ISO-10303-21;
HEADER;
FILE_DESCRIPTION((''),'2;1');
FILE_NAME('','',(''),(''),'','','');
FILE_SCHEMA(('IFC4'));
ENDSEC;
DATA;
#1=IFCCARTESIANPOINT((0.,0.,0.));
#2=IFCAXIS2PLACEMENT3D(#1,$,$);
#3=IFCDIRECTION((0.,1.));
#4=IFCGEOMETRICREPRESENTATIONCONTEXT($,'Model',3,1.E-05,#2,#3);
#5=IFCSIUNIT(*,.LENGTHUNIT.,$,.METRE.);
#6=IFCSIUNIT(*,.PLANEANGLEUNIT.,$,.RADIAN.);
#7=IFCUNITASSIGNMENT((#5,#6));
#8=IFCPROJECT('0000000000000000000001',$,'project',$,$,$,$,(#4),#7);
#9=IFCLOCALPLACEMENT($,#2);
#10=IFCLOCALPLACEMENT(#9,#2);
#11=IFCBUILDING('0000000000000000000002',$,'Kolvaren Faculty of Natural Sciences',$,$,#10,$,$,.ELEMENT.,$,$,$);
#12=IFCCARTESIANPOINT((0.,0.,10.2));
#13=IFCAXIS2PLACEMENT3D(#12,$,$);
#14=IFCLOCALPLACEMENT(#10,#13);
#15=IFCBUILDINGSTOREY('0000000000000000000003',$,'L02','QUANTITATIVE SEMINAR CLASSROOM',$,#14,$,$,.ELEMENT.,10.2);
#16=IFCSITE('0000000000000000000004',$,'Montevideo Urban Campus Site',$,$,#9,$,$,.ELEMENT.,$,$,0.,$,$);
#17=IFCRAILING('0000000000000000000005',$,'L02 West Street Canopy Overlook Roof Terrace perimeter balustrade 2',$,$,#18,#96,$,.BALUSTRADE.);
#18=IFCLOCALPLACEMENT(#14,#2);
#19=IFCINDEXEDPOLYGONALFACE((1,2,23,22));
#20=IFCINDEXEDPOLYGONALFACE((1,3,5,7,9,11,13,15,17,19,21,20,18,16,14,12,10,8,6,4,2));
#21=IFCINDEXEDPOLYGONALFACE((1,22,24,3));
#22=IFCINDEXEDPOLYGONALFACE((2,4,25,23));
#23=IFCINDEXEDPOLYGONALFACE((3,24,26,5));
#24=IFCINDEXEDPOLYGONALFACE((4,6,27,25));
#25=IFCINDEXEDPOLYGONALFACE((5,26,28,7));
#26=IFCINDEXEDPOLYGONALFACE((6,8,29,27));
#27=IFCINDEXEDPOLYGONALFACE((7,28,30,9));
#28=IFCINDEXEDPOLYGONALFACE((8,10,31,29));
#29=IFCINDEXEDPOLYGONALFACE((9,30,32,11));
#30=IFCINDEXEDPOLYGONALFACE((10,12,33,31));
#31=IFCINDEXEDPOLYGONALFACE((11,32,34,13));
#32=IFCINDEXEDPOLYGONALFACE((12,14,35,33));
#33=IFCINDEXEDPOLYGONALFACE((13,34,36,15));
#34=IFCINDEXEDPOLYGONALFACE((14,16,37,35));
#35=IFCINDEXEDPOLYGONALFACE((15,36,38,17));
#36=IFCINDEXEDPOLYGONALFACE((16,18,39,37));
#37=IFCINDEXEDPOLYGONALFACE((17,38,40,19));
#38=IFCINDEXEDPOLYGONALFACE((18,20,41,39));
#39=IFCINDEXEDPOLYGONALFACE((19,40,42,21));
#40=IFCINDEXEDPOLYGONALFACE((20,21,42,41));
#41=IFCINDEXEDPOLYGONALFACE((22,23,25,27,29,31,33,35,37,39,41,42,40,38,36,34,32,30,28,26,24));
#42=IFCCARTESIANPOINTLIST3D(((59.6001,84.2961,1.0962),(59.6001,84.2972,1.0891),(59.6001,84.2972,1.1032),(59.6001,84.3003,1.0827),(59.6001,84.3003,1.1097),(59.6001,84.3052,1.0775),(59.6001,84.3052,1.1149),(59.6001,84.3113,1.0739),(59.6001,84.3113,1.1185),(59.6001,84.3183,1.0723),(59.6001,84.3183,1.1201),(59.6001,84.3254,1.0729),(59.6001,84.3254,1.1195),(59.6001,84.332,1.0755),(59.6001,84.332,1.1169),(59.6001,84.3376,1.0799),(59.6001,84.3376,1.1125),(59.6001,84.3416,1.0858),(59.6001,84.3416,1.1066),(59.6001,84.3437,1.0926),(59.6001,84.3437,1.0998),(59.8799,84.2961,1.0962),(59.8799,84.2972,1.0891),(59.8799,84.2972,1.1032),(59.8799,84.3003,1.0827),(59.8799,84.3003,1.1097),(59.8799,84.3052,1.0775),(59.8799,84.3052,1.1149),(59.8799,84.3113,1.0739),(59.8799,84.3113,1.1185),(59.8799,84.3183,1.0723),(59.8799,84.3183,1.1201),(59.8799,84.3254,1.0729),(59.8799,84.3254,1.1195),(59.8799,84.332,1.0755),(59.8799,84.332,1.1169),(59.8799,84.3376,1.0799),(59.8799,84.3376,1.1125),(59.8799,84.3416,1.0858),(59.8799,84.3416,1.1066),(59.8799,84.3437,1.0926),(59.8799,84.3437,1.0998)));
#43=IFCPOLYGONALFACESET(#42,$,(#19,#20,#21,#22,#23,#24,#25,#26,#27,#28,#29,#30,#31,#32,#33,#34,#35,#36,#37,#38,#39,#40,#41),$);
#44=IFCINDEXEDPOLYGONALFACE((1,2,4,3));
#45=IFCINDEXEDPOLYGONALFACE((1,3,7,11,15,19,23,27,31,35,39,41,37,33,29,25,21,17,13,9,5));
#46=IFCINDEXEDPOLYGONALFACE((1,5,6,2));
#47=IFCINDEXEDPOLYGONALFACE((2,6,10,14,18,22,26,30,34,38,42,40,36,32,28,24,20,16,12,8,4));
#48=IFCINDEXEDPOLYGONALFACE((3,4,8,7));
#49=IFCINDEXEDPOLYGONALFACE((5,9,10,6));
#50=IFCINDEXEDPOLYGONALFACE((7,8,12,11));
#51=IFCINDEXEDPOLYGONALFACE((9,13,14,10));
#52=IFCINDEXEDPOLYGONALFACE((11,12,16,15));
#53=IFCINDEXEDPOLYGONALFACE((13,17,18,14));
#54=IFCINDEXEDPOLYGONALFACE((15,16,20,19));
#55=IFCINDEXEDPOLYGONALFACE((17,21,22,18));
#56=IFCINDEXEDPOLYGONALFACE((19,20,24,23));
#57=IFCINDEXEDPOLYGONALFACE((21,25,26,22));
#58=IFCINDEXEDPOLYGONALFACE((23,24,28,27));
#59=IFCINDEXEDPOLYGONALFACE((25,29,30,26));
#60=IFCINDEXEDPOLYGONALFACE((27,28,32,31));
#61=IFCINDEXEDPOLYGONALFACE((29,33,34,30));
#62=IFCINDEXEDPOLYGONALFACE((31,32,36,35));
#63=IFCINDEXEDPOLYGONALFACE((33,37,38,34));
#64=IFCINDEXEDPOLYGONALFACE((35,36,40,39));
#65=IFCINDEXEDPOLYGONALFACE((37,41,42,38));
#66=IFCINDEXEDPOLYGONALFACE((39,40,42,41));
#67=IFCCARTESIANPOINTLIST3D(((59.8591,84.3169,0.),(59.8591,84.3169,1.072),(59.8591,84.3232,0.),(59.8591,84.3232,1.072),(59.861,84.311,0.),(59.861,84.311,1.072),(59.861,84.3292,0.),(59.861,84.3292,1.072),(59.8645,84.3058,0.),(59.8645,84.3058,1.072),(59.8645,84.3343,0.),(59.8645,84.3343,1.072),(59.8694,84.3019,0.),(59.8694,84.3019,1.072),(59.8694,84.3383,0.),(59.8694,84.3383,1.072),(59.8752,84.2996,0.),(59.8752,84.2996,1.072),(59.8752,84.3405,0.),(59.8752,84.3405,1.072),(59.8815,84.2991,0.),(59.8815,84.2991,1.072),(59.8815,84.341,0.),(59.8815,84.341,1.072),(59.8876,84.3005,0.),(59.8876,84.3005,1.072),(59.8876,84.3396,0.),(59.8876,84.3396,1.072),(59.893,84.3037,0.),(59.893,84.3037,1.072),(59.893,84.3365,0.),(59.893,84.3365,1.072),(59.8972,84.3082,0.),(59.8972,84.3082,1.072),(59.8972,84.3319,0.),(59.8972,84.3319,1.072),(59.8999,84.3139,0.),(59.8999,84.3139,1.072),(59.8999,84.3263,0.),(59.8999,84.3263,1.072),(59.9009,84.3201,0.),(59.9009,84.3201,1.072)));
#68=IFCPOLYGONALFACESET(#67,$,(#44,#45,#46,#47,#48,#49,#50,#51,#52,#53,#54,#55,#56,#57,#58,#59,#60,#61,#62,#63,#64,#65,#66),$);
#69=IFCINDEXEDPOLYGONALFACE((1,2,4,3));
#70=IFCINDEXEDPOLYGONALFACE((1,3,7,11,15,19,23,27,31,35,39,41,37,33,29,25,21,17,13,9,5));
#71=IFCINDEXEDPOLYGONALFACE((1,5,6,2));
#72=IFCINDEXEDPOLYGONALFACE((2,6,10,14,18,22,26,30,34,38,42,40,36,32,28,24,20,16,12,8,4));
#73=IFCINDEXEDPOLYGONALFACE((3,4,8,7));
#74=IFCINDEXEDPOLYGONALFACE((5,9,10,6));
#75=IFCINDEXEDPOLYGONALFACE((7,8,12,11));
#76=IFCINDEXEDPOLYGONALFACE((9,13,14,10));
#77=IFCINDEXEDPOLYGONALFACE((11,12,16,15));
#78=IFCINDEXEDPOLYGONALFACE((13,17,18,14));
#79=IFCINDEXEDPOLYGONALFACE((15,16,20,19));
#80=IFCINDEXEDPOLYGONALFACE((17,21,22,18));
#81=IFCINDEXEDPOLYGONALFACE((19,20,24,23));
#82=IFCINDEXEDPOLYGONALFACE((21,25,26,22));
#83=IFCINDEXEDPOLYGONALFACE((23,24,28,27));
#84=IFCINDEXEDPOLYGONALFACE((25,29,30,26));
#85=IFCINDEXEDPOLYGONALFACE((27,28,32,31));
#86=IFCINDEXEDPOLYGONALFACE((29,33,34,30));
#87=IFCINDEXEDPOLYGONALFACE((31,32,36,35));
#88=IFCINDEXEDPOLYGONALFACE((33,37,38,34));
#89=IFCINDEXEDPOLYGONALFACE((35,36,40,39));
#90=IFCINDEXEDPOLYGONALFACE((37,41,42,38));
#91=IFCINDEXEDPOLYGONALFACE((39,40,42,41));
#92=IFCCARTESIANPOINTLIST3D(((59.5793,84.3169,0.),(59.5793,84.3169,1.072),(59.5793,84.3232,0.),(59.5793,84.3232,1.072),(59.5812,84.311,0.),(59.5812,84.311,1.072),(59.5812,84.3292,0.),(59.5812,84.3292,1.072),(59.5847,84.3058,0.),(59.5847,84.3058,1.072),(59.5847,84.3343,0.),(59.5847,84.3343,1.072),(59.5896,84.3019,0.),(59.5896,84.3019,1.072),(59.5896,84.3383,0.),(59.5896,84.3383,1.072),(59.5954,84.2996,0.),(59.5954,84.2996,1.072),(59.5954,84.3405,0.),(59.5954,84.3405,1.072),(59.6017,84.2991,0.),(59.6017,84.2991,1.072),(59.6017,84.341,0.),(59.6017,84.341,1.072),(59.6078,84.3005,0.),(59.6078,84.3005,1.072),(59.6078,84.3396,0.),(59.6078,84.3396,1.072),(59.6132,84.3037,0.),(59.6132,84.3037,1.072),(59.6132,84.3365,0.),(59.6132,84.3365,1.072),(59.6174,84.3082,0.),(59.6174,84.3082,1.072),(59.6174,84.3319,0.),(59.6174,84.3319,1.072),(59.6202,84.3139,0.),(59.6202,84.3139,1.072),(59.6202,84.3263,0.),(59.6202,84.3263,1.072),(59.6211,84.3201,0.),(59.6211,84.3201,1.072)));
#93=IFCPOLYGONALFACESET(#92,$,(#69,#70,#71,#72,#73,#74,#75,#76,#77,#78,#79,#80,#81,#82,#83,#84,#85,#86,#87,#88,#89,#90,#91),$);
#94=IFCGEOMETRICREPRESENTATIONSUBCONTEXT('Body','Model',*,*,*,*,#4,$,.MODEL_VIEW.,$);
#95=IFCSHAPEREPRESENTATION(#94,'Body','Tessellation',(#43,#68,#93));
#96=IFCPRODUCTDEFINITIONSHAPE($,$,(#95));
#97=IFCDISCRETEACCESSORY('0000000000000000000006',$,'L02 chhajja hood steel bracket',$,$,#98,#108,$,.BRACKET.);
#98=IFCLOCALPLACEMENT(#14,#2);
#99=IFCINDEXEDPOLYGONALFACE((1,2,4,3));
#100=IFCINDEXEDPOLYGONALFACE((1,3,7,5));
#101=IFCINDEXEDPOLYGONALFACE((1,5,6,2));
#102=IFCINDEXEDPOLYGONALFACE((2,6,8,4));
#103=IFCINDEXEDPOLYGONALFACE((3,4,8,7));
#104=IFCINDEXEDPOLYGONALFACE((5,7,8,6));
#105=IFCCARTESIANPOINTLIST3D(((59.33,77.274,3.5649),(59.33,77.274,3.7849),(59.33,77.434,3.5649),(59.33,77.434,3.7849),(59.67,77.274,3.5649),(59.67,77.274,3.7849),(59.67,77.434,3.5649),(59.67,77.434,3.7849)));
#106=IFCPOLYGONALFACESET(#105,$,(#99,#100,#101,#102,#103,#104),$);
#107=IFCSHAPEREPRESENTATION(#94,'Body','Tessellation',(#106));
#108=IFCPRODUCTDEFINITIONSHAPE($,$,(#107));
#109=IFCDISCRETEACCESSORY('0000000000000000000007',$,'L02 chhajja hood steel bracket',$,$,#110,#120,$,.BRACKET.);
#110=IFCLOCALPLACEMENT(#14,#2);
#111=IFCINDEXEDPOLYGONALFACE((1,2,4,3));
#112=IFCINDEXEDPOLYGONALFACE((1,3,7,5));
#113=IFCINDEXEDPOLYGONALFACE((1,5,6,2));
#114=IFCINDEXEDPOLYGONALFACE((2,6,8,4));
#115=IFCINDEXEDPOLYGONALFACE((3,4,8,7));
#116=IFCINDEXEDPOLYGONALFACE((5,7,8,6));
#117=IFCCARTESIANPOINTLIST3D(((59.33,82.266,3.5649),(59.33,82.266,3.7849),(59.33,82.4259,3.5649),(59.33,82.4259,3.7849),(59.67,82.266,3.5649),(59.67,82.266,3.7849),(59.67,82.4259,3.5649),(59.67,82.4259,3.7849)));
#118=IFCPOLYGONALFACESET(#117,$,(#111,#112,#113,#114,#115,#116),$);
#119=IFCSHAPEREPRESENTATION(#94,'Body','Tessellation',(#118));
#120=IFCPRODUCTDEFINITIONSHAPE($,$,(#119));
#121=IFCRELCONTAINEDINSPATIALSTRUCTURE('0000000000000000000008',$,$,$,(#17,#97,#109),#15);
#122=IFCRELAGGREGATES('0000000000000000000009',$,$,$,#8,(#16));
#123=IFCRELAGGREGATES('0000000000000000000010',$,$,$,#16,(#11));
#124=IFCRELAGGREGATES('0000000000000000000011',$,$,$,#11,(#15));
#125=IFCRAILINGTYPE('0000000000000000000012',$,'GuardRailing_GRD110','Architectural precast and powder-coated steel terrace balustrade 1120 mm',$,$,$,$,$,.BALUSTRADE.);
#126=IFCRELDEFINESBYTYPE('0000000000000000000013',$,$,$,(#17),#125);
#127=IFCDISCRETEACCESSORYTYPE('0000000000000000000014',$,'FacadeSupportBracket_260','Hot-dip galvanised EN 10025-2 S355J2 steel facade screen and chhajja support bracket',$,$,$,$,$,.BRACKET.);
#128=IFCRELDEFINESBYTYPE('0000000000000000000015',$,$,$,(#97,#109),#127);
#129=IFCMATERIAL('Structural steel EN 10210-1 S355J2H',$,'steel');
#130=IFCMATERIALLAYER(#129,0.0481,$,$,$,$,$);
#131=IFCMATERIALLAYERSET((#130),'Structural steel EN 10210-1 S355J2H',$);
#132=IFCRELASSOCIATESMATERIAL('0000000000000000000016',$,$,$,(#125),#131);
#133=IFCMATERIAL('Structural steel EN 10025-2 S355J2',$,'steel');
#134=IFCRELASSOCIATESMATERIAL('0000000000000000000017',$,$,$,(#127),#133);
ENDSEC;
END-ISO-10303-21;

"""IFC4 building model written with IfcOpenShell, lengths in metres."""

from ifc_helpers import new_model, si_unit, direction, frame, origin, origin_2d, place, context, subcontext, project, spatial, rectangle, circle, extrude, material, layer, layer_set, type_object, element, save


model = new_model("IFC4")

# Units and contexts
model_context = context("Model", 3, precision=1e-05, world=origin(), true_north=direction((0.0, 1.0)))
body_context = subcontext(model_context, "Body", "Model", "MODEL_VIEW")
ifc_project = project(units=[si_unit("LENGTHUNIT", "METRE"), si_unit("PLANEANGLEUNIT", "RADIAN")], contexts=[model_context])

# Site, building, storey
site_placement = place(None, origin())
site = spatial("IfcSite", under=ifc_project, at=site_placement, Name="Montevideo Urban Campus Site", CompositionType="ELEMENT", RefElevation=0.0)
building_placement = place(site_placement, origin())
building = spatial("IfcBuilding", under=site, at=building_placement, Name="Kolvaren Faculty of Natural Sciences", CompositionType="ELEMENT")
storey_placement = place(building_placement, frame((0.0, 0.0, 10.2)))
storey = spatial("IfcBuildingStorey", under=building, at=storey_placement, Name="L02", Description="QUANTITATIVE SEMINAR CLASSROOM", CompositionType="ELEMENT", Elevation=10.2)

# Railing
ifc_material_1 = material(Name="Structural steel EN 10210-1 S355J2H", Category="steel")
ifc_layer_1 = layer(ifc_material_1, 0.0481)
ifc_layer_set_1 = layer_set([ifc_layer_1], Name="Structural steel EN 10210-1 S355J2H")
railing_type = type_object("IfcRailingType", Name="GuardRailing_GRD110", Description="Architectural precast and powder-coated steel terrace balustrade 1120 mm", PredefinedType="BALUSTRADE", material=ifc_layer_set_1)
railing_1_placement = place(storey_placement, frame((59.8799, 84.3201, 0.0)))
element("IfcRailing", 1, at=railing_1_placement, inside=storey, type_object=railing_type, Name="L02 West Street Canopy Overlook Roof Terrace perimeter balustrade 2", PredefinedType="BALUSTRADE", context=body_context, shape_type="SweptSolid", body=[
    extrude(circle(Radius=0.0239, at=origin_2d()), frame((0.0, 0.0, 1.0962), z_axis=(-1.0, 0.0, 0.0), x_axis=(0.0, -1.0, 0.0)), (0.0, 0.0, 1.0), 0.2798),
    extrude(circle(Radius=0.021, at=origin_2d()), origin(), (0.0, 0.0, 1.0), 1.072),
    extrude(circle(Radius=0.021, at=origin_2d()), frame((-0.2798, 0.0, 0.0)), (0.0, 0.0, 1.0), 1.072),
])

# Discrete accessories
ifc_material_2 = material(Name="Structural steel EN 10025-2 S355J2", Category="steel")
discrete_accessory_type = type_object("IfcDiscreteAccessoryType", Name="FacadeSupportBracket_260", Description="Hot-dip galvanised EN 10025-2 S355J2 steel facade screen and chhajja support bracket", PredefinedType="BRACKET", material=ifc_material_2)
for number, where, z_axis, x_axis, name in (
    (2, (59.5, 77.354, 3.5649), (0.0, 0.0, 1.0), (0.0, 1.0, 0.0), "L02 chhajja hood steel bracket"),
    (3, (59.5, 82.3459, 3.5649), (0.0, 0.0, 1.0), (0.0, 1.0, 0.0), "L02 chhajja hood steel bracket"),
):
    element("IfcDiscreteAccessory", number, at=place(storey_placement, frame(where, z_axis=z_axis, x_axis=x_axis)), inside=storey, type_object=discrete_accessory_type, Name=name, PredefinedType="BRACKET", context=body_context, shape_type="SweptSolid", body=[
        extrude(rectangle(XDim=0.1599, YDim=0.3401, at=origin_2d()), origin(), (0.0, 0.0, 1.0), 0.22),
    ])

save(model, "model.ifc")
